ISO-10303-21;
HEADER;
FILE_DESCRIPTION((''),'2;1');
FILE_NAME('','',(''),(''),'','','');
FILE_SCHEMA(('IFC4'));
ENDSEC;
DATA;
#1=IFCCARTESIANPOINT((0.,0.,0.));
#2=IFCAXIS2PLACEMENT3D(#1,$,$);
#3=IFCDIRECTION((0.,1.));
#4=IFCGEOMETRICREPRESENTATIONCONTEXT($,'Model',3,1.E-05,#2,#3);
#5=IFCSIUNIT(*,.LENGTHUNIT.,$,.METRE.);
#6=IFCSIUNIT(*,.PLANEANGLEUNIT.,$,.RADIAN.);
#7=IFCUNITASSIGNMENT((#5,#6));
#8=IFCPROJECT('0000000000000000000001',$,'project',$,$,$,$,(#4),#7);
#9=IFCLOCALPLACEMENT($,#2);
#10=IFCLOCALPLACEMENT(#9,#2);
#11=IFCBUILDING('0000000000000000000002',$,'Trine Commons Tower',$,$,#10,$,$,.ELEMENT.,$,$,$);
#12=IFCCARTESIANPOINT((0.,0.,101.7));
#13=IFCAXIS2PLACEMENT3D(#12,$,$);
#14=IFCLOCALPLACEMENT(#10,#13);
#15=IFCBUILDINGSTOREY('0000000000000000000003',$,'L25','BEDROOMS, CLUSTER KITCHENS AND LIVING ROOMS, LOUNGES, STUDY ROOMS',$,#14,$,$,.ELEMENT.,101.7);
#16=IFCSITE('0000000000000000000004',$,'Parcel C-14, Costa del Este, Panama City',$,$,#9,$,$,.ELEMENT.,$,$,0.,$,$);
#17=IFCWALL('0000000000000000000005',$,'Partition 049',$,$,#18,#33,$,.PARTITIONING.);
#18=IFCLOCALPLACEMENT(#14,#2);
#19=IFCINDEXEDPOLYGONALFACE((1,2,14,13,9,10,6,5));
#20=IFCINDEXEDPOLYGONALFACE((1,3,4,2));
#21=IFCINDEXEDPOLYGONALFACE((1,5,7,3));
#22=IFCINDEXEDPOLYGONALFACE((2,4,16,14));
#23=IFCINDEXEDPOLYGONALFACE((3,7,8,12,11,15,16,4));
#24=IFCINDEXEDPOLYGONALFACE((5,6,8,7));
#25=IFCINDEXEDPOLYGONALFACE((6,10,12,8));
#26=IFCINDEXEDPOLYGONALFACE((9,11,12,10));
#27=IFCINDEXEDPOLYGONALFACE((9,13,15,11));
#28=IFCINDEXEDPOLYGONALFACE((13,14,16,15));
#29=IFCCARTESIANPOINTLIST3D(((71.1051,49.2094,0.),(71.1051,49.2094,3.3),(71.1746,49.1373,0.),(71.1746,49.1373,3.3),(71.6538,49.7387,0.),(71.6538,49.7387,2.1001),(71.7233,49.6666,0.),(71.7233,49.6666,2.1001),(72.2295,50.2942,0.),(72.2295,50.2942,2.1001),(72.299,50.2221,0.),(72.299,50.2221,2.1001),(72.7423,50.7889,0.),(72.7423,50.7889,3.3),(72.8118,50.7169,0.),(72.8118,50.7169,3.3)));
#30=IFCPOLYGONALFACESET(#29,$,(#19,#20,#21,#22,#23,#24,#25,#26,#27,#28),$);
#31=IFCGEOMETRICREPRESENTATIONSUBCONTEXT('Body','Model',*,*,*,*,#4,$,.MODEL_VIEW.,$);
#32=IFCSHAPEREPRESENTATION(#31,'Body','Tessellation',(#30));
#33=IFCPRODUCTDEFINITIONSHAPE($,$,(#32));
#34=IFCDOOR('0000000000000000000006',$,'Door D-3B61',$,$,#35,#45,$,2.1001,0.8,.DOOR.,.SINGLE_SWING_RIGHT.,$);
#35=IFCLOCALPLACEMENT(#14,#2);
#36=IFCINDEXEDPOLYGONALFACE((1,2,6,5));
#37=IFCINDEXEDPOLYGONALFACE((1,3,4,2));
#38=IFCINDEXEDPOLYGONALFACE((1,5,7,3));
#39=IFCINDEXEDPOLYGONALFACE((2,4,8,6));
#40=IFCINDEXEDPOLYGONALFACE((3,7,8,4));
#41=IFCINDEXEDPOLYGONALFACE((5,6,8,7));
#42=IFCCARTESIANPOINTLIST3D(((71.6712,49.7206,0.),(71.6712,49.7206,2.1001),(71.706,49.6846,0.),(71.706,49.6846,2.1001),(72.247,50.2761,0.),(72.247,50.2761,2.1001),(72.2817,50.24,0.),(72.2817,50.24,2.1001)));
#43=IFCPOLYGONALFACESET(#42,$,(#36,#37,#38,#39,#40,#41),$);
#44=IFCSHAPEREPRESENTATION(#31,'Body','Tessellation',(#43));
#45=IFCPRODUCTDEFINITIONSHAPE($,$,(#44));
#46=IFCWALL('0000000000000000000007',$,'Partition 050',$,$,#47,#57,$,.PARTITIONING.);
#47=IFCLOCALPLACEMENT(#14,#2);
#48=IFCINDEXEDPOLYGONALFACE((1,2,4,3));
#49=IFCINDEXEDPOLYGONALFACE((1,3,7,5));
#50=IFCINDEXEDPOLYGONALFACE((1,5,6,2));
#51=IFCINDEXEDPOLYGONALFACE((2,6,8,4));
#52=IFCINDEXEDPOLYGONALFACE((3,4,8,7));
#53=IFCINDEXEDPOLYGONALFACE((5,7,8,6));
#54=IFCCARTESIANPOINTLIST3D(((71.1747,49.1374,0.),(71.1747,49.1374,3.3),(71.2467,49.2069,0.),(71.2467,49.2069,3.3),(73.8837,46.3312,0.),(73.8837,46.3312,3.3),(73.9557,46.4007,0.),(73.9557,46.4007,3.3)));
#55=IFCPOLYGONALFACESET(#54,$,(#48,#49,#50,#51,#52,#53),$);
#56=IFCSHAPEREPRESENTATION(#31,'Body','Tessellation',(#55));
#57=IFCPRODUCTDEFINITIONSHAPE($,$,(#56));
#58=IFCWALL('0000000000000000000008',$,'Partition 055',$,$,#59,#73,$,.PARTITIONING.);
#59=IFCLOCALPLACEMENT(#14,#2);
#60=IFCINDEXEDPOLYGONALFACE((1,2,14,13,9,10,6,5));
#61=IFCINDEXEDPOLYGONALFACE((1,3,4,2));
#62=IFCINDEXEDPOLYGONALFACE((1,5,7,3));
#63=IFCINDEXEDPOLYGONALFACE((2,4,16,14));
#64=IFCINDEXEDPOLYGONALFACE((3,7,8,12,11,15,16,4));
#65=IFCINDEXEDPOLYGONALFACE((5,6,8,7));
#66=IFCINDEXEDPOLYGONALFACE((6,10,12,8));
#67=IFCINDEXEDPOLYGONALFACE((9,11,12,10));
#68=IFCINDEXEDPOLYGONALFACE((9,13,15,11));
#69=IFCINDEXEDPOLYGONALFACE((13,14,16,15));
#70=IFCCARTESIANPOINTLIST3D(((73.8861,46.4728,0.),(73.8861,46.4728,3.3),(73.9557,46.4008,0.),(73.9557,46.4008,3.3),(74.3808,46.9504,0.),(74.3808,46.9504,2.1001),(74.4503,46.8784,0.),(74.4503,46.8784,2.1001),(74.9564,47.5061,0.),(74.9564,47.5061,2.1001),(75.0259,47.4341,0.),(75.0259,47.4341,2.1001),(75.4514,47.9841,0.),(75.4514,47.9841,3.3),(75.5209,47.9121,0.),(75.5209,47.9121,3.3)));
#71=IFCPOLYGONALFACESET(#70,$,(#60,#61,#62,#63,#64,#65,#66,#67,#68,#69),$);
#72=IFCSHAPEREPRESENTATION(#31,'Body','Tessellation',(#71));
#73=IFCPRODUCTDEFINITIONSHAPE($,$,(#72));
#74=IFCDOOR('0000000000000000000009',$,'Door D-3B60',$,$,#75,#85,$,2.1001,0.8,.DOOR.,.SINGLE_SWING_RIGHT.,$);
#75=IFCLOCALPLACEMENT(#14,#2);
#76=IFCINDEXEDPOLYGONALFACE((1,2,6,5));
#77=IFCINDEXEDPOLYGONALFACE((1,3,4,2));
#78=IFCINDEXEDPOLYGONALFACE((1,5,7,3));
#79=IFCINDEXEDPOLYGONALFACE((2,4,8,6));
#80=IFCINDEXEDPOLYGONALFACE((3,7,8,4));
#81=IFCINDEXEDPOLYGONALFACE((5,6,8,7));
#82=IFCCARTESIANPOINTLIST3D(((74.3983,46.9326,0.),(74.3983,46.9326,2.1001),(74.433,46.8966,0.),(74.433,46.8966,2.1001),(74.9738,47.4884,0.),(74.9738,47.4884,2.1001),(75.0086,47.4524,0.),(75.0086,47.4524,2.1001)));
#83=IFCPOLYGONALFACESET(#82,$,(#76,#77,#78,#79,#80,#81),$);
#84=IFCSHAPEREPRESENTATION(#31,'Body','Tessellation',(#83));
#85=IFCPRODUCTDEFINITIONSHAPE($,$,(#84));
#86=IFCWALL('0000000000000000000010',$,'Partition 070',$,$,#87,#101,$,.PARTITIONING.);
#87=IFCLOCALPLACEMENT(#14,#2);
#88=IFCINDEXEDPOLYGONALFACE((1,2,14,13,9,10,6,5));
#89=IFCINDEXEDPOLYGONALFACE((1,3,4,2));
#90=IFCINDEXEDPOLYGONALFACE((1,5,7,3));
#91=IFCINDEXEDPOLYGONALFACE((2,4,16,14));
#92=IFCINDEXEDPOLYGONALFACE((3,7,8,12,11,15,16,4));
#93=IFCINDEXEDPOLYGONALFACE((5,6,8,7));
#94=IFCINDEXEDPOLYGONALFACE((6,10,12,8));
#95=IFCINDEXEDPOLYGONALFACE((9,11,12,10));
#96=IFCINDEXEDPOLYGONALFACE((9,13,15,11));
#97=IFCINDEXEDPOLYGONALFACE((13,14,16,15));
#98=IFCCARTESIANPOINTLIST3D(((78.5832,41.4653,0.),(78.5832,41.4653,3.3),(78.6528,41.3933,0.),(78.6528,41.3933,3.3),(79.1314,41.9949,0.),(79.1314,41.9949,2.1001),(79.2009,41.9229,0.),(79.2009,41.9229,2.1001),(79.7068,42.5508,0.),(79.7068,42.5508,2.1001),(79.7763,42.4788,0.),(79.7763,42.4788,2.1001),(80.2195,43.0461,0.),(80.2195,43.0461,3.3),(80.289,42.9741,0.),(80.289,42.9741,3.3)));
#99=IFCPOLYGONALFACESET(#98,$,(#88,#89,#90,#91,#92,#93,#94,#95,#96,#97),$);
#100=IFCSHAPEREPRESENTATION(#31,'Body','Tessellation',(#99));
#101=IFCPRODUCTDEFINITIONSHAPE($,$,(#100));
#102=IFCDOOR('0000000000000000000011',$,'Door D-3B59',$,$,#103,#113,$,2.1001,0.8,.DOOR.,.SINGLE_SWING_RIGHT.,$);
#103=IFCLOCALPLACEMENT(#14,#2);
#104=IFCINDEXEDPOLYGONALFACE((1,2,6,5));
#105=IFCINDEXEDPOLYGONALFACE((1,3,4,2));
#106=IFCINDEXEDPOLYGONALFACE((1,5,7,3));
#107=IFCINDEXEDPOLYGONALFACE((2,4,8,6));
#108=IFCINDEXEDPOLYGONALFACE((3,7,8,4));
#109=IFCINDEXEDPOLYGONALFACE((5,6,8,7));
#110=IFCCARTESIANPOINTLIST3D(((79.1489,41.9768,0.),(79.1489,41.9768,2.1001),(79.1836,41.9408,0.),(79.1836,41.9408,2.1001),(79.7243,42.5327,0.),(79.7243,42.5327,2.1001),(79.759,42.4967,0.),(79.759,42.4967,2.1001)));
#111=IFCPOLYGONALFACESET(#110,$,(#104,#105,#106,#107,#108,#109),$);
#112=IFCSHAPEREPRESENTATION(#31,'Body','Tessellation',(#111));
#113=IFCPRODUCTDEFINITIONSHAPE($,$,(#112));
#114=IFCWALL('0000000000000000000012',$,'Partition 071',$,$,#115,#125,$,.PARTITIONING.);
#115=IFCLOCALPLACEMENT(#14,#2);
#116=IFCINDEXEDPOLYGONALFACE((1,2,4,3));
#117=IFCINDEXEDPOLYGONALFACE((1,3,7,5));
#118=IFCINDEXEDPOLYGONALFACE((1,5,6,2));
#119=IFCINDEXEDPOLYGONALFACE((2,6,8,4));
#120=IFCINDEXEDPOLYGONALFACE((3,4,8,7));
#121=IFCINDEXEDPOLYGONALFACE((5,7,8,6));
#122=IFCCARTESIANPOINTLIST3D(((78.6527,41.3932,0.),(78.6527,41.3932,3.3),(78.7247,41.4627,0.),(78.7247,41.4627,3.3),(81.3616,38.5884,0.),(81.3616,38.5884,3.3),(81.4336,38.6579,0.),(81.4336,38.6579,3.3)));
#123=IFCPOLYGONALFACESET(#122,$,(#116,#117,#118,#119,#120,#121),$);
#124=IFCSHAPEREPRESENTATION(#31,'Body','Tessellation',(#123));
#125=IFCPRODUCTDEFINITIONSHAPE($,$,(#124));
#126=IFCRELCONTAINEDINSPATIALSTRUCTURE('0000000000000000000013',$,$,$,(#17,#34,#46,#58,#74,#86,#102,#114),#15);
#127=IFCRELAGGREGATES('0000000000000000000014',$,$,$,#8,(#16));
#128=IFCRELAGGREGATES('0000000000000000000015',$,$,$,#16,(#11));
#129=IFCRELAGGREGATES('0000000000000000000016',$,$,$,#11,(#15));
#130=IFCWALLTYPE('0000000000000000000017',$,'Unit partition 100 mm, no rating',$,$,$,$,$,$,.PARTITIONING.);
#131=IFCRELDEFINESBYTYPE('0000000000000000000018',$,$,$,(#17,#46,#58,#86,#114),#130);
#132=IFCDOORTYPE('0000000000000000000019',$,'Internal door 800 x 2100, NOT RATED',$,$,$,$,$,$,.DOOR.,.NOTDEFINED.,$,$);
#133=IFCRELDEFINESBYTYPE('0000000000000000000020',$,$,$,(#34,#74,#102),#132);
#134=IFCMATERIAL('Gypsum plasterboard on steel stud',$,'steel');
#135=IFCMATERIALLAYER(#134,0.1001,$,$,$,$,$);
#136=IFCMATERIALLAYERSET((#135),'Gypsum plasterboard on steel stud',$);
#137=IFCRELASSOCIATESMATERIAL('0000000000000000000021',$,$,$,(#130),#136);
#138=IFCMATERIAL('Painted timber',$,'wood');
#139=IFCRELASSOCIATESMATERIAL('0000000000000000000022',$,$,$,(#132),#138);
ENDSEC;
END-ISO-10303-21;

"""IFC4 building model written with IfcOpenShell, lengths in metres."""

from ifc_helpers import new_model, si_unit, direction, frame, frame_2d, origin, place, context, subcontext, project, spatial, rectangle, extrude, material, layer, layer_set, type_object, element, fill, save


model = new_model("IFC4")

# Units and contexts
model_context = context("Model", 3, precision=1e-05, world=origin(), true_north=direction((0.0, 1.0)))
body_context = subcontext(model_context, "Body", "Model", "MODEL_VIEW")
ifc_project = project(units=[si_unit("LENGTHUNIT", "METRE"), si_unit("PLANEANGLEUNIT", "RADIAN")], contexts=[model_context])

# Site, building, storey
site_placement = place(None, origin())
site = spatial("IfcSite", under=ifc_project, at=site_placement, Name="Parcel C-14, Costa del Este, Panama City", CompositionType="ELEMENT", RefElevation=0.0)
building_placement = place(site_placement, origin())
building = spatial("IfcBuilding", under=site, at=building_placement, Name="Trine Commons Tower", CompositionType="ELEMENT")
storey_placement = place(building_placement, frame((0.0, 0.0, 101.7)))
storey = spatial("IfcBuildingStorey", under=building, at=storey_placement, Name="L25", Description="BEDROOMS, CLUSTER KITCHENS AND LIVING ROOMS, LOUNGES, STUDY ROOMS", CompositionType="ELEMENT", Elevation=101.7)

# Shared definitions
ifc_material_1 = material(Name="Gypsum plasterboard on steel stud", Category="steel")

# Shared definitions
ifc_material_2 = material(Name="Painted timber", Category="wood")

# Shared definitions
ifc_layer_1 = layer(ifc_material_1, 0.1001)
ifc_layer_set_1 = layer_set([ifc_layer_1], Name="Gypsum plasterboard on steel stud")
wall_type_1 = type_object("IfcWallType", Name="Unit partition 100 mm, no rating", PredefinedType="PARTITIONING", material=ifc_layer_set_1)

# Wall, opening, door
wall_1_placement = place(storey_placement, frame((71.1399, 49.1733, 0.0), z_axis=(0.0, 0.0, 1.0), x_axis=(0.719657, 0.69433, 0.0)))
wall_1 = element("IfcWall", 1, at=wall_1_placement, inside=storey, type_object=wall_type_1, Name="Partition 049", PredefinedType="PARTITIONING", context=body_context, shape_type="SweptSolid", body=[
    extrude(rectangle(XDim=2.2749, YDim=0.1001, at=frame_2d((1.1375, 0.0))), origin(), (0.0, 0.0, 1.0), 3.3),
])
opening_1_placement = place(wall_1_placement, frame((0.7625, 0.0, 0.0)))
opening_1 = element("IfcOpeningElement", 2, at=opening_1_placement, cuts=wall_1, PredefinedType="OPENING", context=body_context, shape_type="SweptSolid", body=[
    extrude(rectangle(XDim=0.8, YDim=2.1001, at=frame_2d((0.3999, 1.05))), frame((0.0, 0.0601, 0.0), z_axis=(0.0, -1.0, 0.0), x_axis=(1.0, 0.0, 0.0)), (0.0, 0.0, 1.0), 0.1201),
])
door_type_1 = type_object("IfcDoorType", Name="Internal door 800 x 2100, NOT RATED", OperationType="NOTDEFINED", PredefinedType="DOOR", material=ifc_material_2)
door_1_placement = place(opening_1_placement, origin())
door_1 = element("IfcDoor", 3, at=door_1_placement, inside=storey, type_object=door_type_1, Name="Door D-3B61", OperationType="SINGLE_SWING_RIGHT", OverallHeight=2.1001, OverallWidth=0.8, PredefinedType="DOOR", context=body_context, shape_type="SweptSolid", body=[
    extrude(rectangle(XDim=0.8, YDim=2.1001, at=frame_2d((0.3999, 1.05))), frame((0.0, 0.0249, 0.0), z_axis=(0.0, -1.0, 0.0), x_axis=(1.0, 0.0, 0.0)), (0.0, 0.0, 1.0), 0.05),
])
fill(opening_1, door_1)

# Wall
wall_2_placement = place(storey_placement, frame((71.2107, 49.1721, 0.0), z_axis=(0.0, 0.0, 1.0), x_axis=(0.694541, -0.719453, 0.0)))
element("IfcWall", 4, at=wall_2_placement, inside=storey, type_object=wall_type_1, Name="Partition 050", PredefinedType="PARTITIONING", context=body_context, shape_type="SweptSolid", body=[
    extrude(rectangle(XDim=3.9004, YDim=0.1001, at=frame_2d((1.9502, 0.0))), origin(), (0.0, 0.0, 1.0), 3.3),
])

# Walls, openings, doors
wall_3_placement = place(storey_placement, frame((73.9209, 46.4368, 0.0), z_axis=(0.0, 0.0, 1.0), x_axis=(0.719398, 0.694599, 0.0)))
wall_3 = element("IfcWall", 5, at=wall_3_placement, inside=storey, type_object=wall_type_1, Name="Partition 055", PredefinedType="PARTITIONING", context=body_context, shape_type="SweptSolid", body=[
    extrude(rectangle(XDim=2.1758, YDim=0.1001, at=frame_2d((1.0879, 0.0))), origin(), (0.0, 0.0, 1.0), 3.3),
])
opening_2_placement = place(wall_3_placement, frame((0.6877, 0.0, 0.0)))
opening_2 = element("IfcOpeningElement", 6, at=opening_2_placement, cuts=wall_3, PredefinedType="OPENING", context=body_context, shape_type="SweptSolid", body=[
    extrude(rectangle(XDim=0.8, YDim=2.1001, at=frame_2d((0.3999, 1.05))), frame((0.0, 0.0601, 0.0), z_axis=(0.0, -1.0, 0.0), x_axis=(1.0, 0.0, 0.0)), (0.0, 0.0, 1.0), 0.1201),
])
door_2_placement = place(opening_2_placement, frame((0.8, 0.0, 0.0), z_axis=(0.0, 0.0, 1.0), x_axis=(-1.0, 0.0, 0.0)))
door_2 = element("IfcDoor", 7, at=door_2_placement, inside=storey, type_object=door_type_1, Name="Door D-3B60", OperationType="SINGLE_SWING_RIGHT", OverallHeight=2.1001, OverallWidth=0.8, PredefinedType="DOOR", context=body_context, shape_type="SweptSolid", body=[
    extrude(rectangle(XDim=0.8, YDim=2.1001, at=frame_2d((0.3999, 1.05))), frame((0.0, 0.0249, 0.0), z_axis=(0.0, -1.0, 0.0), x_axis=(1.0, 0.0, 0.0)), (0.0, 0.0, 1.0), 0.05),
])
fill(opening_2, door_2)
wall_4_placement = place(storey_placement, frame((78.6179, 41.4292, 0.0), z_axis=(0.0, 0.0, 1.0), x_axis=(0.719181, 0.694822, 0.0)))
wall_4 = element("IfcWall", 8, at=wall_4_placement, inside=storey, type_object=wall_type_1, Name="Partition 070", PredefinedType="PARTITIONING", context=body_context, shape_type="SweptSolid", body=[
    extrude(rectangle(XDim=2.2751, YDim=0.1001, at=frame_2d((1.1377, 0.0))), origin(), (0.0, 0.0, 1.0), 3.3),
])
opening_3_placement = place(wall_4_placement, frame((0.7625, 0.0, 0.0)))
opening_3 = element("IfcOpeningElement", 9, at=opening_3_placement, cuts=wall_4, PredefinedType="OPENING", context=body_context, shape_type="SweptSolid", body=[
    extrude(rectangle(XDim=0.8, YDim=2.1001, at=frame_2d((0.3999, 1.05))), frame((0.0, 0.0601, 0.0), z_axis=(0.0, -1.0, 0.0), x_axis=(1.0, 0.0, 0.0)), (0.0, 0.0, 1.0), 0.1201),
])
door_3_placement = place(opening_3_placement, origin())
door_3 = element("IfcDoor", 10, at=door_3_placement, inside=storey, type_object=door_type_1, Name="Door D-3B59", OperationType="SINGLE_SWING_RIGHT", OverallHeight=2.1001, OverallWidth=0.8, PredefinedType="DOOR", context=body_context, shape_type="SweptSolid", body=[
    extrude(rectangle(XDim=0.8, YDim=2.1001, at=frame_2d((0.3999, 1.05))), frame((0.0, 0.0249, 0.0), z_axis=(0.0, -1.0, 0.0), x_axis=(1.0, 0.0, 0.0)), (0.0, 0.0, 1.0), 0.05),
])
fill(opening_3, door_3)

# Wall
wall_5_placement = place(storey_placement, frame((78.6887, 41.428, 0.0), z_axis=(0.0, 0.0, 1.0), x_axis=(0.694697, -0.719302, 0.0)))
element("IfcWall", 11, at=wall_5_placement, inside=storey, type_object=wall_type_1, Name="Partition 071", PredefinedType="PARTITIONING", context=body_context, shape_type="SweptSolid", body=[
    extrude(rectangle(XDim=3.8994, YDim=0.1001, at=frame_2d((1.9497, 0.0))), origin(), (0.0, 0.0, 1.0), 3.3),
])

save(model, "model.ifc")
